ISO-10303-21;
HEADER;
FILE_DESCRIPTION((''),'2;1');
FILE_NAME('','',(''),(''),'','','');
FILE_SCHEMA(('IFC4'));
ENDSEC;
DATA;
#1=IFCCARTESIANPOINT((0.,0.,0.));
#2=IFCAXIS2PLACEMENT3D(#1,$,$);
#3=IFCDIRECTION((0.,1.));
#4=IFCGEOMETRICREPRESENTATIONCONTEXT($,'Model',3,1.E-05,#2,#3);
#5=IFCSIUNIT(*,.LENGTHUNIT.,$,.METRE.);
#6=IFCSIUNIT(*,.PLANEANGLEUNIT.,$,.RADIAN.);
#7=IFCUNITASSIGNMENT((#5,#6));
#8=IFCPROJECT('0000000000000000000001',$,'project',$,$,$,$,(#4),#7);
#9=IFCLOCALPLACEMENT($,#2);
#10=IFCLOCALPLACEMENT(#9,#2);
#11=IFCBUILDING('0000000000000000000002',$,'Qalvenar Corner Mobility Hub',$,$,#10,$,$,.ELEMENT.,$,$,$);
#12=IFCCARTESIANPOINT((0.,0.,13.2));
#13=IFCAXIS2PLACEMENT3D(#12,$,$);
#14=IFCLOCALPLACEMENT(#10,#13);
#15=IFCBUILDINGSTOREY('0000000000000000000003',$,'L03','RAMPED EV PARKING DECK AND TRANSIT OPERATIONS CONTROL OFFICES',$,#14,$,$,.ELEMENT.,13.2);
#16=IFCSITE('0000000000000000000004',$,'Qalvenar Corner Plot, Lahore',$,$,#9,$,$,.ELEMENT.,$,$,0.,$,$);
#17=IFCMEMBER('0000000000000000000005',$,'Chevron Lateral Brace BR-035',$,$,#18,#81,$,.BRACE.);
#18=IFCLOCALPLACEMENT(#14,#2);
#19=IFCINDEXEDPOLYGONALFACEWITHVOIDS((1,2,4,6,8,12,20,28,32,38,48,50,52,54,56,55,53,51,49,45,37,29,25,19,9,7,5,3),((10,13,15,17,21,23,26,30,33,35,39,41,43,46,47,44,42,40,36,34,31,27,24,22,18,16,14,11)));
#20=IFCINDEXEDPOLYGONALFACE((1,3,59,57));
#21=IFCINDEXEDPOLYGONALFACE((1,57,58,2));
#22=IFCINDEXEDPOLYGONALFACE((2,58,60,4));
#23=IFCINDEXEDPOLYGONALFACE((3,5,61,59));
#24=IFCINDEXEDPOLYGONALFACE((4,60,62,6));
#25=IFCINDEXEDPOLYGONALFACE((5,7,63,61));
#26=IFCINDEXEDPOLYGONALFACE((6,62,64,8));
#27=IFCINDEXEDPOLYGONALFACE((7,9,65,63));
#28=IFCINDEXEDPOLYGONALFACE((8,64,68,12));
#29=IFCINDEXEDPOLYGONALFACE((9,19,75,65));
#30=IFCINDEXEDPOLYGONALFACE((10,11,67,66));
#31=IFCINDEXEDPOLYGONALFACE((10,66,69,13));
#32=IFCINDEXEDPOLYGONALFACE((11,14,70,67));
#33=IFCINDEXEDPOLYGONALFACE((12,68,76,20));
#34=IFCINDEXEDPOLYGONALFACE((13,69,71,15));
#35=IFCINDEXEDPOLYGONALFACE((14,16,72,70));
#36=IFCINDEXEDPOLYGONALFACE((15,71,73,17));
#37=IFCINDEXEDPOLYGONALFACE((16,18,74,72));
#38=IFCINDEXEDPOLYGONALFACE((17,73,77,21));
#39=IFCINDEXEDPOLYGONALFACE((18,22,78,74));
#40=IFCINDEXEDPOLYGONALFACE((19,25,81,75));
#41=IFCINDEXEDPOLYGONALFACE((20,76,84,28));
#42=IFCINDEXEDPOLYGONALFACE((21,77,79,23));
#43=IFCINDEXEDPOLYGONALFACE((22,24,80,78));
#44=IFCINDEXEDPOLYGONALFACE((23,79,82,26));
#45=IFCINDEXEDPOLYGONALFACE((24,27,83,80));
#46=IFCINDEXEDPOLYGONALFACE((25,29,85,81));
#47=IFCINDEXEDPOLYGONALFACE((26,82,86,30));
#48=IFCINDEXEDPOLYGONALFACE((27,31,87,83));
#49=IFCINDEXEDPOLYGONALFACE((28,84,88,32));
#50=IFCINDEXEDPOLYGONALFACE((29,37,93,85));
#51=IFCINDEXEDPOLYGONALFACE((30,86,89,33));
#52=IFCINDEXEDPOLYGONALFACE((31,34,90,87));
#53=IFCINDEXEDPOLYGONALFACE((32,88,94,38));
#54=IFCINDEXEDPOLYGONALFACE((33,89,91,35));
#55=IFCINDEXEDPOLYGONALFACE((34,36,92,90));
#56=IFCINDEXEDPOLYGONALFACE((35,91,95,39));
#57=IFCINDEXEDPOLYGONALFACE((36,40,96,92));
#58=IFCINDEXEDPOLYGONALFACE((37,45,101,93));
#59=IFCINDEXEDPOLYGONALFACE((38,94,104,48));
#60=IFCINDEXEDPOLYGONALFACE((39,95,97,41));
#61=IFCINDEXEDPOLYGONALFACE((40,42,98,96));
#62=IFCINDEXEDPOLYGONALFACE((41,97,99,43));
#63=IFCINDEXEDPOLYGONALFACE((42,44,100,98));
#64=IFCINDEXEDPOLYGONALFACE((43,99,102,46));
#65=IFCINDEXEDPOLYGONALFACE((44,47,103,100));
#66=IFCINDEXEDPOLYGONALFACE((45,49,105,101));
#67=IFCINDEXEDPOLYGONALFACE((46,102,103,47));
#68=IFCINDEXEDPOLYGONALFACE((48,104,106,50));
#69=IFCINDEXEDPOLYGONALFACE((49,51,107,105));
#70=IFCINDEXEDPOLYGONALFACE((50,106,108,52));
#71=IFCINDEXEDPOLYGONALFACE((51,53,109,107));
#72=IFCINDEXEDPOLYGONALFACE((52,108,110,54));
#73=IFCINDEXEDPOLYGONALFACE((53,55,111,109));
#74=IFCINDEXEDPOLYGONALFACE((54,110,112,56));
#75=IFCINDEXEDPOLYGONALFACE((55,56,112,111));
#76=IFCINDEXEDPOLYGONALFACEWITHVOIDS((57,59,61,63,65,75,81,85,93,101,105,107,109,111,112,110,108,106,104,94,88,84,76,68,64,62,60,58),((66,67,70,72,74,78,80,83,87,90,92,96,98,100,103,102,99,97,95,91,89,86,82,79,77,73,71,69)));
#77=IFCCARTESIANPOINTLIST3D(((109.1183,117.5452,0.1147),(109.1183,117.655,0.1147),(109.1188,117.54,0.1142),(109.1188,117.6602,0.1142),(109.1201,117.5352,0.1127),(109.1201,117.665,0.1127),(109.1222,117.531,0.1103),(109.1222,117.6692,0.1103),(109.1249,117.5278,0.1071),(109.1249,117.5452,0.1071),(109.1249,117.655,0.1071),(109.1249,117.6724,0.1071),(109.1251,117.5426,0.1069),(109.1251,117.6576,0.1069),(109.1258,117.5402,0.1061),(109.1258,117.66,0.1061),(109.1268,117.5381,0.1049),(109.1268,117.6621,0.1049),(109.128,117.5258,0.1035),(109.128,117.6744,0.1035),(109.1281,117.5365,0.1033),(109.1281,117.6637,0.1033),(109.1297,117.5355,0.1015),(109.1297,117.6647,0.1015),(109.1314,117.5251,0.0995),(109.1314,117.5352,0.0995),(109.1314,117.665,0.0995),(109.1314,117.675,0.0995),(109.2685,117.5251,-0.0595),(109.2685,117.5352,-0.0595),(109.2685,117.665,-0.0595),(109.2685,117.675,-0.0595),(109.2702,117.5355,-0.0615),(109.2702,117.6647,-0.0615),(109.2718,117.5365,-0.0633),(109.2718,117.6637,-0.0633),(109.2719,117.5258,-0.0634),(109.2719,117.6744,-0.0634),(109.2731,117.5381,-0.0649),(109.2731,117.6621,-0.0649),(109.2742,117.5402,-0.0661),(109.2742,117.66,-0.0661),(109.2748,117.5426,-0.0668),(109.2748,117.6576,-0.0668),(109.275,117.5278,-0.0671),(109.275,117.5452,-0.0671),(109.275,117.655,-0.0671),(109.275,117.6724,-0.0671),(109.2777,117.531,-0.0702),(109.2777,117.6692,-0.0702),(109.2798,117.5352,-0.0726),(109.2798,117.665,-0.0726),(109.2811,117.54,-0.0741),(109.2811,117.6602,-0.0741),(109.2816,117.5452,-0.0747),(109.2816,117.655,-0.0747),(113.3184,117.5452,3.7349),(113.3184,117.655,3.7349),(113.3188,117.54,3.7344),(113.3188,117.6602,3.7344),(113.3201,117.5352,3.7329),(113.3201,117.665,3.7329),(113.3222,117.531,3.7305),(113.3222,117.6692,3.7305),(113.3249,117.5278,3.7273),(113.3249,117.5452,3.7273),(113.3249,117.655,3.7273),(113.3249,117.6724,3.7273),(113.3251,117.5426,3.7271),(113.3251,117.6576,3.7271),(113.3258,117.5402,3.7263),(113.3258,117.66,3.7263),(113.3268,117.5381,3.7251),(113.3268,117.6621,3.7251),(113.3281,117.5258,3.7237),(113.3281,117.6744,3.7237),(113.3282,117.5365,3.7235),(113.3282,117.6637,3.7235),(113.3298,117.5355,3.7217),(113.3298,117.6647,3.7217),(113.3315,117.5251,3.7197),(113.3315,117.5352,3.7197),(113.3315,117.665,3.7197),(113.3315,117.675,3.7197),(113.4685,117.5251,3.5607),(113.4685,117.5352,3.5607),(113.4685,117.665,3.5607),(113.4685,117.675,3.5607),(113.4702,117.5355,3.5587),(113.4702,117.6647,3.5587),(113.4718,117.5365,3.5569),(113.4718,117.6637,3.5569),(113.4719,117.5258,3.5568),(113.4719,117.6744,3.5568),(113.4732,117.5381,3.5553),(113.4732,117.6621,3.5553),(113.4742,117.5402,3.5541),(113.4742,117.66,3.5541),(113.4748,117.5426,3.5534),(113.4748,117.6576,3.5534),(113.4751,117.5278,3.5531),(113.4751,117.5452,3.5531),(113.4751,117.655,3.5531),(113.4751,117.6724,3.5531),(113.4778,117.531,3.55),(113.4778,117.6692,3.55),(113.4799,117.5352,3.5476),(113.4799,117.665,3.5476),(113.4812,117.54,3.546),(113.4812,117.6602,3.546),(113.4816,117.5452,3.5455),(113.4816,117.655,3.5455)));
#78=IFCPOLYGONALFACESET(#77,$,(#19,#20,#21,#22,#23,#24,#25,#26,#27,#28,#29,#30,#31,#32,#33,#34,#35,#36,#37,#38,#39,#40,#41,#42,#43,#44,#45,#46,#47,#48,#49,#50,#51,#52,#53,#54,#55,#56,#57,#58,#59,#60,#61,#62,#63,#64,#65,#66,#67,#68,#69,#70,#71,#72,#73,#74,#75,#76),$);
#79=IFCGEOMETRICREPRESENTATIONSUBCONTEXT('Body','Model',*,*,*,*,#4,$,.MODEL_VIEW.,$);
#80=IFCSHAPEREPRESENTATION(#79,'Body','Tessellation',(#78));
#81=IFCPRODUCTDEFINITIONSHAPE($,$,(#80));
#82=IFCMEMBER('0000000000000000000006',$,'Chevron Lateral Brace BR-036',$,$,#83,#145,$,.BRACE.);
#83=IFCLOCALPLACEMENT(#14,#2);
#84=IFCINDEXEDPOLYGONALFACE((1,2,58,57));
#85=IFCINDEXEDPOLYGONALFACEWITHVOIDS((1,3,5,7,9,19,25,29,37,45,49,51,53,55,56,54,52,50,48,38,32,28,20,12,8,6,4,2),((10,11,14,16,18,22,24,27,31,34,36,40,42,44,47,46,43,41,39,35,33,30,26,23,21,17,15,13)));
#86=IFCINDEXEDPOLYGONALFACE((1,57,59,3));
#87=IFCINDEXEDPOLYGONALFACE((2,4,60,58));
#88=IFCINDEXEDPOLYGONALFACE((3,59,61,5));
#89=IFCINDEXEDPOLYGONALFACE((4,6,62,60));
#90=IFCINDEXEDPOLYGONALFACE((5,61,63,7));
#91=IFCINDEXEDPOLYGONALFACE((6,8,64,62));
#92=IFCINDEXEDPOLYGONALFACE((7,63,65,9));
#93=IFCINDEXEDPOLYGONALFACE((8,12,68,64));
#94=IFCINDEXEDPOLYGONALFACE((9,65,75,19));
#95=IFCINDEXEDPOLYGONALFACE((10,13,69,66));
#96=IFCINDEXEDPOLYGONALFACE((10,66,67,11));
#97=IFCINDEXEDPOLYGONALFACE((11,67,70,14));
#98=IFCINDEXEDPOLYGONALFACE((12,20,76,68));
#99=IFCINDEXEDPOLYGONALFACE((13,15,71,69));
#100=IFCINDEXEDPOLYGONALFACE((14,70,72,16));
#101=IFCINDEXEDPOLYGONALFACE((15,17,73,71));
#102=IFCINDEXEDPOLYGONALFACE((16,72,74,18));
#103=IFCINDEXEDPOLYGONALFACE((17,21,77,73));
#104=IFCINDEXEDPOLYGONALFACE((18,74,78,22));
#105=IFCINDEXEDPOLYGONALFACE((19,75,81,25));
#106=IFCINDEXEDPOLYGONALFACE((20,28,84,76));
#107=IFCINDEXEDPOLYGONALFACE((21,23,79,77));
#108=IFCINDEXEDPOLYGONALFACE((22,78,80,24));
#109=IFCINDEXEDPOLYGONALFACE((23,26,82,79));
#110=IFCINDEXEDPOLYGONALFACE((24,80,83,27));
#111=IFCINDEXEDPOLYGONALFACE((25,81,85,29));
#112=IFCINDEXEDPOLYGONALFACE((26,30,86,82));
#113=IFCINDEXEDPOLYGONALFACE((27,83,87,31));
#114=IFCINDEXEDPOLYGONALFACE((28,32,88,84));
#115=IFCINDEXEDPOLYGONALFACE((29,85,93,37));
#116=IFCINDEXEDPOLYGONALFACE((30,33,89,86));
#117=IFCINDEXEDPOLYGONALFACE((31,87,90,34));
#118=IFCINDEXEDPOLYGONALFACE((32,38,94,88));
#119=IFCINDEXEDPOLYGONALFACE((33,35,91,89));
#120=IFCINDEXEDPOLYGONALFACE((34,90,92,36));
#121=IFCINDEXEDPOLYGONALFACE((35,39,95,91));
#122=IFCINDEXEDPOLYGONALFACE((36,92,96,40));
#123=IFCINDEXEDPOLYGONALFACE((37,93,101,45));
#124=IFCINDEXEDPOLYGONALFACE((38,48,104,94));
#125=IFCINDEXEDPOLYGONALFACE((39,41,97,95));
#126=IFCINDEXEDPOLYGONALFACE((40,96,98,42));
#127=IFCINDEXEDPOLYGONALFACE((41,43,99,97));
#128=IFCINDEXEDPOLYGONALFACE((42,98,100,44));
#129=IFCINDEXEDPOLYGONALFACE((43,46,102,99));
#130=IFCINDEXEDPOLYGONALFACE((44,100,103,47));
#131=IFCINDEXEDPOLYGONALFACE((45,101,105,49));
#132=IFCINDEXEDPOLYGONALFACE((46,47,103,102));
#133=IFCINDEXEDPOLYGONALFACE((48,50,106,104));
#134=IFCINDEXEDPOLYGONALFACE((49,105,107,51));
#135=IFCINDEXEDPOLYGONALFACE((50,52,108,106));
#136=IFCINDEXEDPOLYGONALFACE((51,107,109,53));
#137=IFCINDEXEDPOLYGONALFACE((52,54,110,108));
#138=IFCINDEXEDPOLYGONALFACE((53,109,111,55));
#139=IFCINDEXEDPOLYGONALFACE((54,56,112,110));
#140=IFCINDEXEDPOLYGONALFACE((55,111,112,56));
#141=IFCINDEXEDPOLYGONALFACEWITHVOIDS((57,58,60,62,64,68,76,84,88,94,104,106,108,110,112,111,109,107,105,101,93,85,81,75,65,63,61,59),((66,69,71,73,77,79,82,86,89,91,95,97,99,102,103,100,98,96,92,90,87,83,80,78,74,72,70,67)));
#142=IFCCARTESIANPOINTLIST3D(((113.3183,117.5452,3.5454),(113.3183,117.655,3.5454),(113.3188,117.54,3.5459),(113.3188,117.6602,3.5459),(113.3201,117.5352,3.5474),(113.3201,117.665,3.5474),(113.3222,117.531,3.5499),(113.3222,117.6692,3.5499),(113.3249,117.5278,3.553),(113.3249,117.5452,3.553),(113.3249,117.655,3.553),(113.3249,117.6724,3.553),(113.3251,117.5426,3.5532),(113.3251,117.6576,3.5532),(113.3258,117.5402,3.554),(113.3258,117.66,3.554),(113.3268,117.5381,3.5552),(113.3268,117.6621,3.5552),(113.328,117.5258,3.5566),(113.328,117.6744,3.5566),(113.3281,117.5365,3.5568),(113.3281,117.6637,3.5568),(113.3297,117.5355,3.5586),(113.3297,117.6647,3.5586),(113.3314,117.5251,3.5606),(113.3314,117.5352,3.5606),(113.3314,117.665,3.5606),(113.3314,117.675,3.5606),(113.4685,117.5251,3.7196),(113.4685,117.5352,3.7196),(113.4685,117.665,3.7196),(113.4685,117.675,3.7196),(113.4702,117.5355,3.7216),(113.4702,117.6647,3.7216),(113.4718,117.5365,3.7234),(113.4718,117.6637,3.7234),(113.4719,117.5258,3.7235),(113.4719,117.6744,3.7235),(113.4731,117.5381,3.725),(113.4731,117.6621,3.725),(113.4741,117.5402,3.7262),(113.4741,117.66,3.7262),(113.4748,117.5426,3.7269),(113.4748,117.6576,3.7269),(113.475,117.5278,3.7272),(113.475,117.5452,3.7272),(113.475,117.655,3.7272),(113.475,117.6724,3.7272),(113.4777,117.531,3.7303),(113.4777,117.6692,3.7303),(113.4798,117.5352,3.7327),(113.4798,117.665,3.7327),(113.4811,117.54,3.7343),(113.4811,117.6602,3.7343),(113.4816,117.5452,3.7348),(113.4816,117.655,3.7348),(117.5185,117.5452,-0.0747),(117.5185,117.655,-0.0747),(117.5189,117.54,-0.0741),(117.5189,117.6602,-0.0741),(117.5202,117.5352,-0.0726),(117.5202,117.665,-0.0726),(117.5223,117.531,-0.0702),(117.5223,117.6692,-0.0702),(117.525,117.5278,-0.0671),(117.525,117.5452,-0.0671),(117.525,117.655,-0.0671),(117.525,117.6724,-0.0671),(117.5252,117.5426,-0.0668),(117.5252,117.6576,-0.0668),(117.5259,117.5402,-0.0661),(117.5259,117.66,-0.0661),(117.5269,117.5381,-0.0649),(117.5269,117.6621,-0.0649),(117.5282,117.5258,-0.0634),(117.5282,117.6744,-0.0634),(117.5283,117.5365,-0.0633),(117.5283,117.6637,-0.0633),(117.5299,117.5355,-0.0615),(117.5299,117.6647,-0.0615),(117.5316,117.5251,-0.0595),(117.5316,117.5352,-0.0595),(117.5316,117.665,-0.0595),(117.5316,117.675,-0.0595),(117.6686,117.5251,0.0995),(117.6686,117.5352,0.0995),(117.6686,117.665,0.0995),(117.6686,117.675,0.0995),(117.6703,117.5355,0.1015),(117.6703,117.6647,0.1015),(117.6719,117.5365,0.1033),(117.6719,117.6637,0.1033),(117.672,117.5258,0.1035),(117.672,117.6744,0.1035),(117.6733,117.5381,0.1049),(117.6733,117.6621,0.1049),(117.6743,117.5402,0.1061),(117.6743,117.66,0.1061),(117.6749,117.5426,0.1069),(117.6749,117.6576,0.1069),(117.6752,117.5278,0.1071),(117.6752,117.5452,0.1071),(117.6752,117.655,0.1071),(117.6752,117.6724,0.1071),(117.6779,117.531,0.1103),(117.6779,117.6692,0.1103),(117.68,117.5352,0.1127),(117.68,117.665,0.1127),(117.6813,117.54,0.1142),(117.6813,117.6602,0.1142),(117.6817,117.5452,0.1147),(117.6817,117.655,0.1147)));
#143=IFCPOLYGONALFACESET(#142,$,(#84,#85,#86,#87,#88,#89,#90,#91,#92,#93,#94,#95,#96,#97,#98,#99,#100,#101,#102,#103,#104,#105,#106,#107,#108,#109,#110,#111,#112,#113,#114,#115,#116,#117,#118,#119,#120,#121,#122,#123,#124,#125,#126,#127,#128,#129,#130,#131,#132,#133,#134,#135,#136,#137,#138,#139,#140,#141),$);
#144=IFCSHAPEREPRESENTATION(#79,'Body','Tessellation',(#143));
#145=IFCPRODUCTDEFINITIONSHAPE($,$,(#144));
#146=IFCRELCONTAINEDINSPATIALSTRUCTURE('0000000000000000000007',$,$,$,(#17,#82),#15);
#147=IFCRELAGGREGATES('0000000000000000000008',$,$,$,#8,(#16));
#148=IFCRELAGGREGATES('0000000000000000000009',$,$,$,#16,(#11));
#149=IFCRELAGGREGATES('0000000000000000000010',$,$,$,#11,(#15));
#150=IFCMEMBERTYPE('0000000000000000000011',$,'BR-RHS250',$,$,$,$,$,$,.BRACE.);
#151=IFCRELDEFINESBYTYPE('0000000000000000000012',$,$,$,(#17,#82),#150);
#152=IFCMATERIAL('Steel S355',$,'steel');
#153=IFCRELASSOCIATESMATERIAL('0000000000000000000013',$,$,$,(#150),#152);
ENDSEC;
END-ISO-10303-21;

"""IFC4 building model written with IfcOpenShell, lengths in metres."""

from ifc_helpers import new_model, si_unit, direction, frame, origin, origin_2d, place, context, subcontext, project, spatial, hollow_rectangle, extrude, material, material_profile, profile_set, type_object, element, save


model = new_model("IFC4")

# Units and contexts
model_context = context("Model", 3, precision=1e-05, world=origin(), true_north=direction((0.0, 1.0)))
body_context = subcontext(model_context, "Body", "Model", "MODEL_VIEW")
ifc_project = project(units=[si_unit("LENGTHUNIT", "METRE"), si_unit("PLANEANGLEUNIT", "RADIAN")], contexts=[model_context])

# Site, building, storey
site_placement = place(None, origin())
site = spatial("IfcSite", under=ifc_project, at=site_placement, Name="Qalvenar Corner Plot, Lahore", CompositionType="ELEMENT", RefElevation=0.0)
building_placement = place(site_placement, origin())
building = spatial("IfcBuilding", under=site, at=building_placement, Name="Qalvenar Corner Mobility Hub", CompositionType="ELEMENT")
storey_placement = place(building_placement, frame((0.0, 0.0, 13.2)))
storey = spatial("IfcBuildingStorey", under=building, at=storey_placement, Name="L03", Description="RAMPED EV PARKING DECK AND TRANSIT OPERATIONS CONTROL OFFICES", CompositionType="ELEMENT", Elevation=13.2)

# Shared definitions
ifc_material = material(Name="Steel S355", Category="steel")

# Members
ifc_material_profile_1 = material_profile(ifc_material, hollow_rectangle(XDim=0.1499, YDim=0.25, WallThickness=0.01, InnerFilletRadius=0.01, OuterFilletRadius=0.02, at=origin_2d()), Name="RHS250x150x10")
ifc_profile_set_1 = profile_set([ifc_material_profile_1], Name="Steel S355")
member_type = type_object("IfcMemberType", Name="BR-RHS250", PredefinedType="BRACE", material=ifc_profile_set_1)
for number, where, z_axis, x_axis, name in (
    (1, (109.2, 117.6001, 0.02), (0.757457, 0.0, 0.652885), (0.0, 1.0, 0.0), "Chevron Lateral Brace BR-035"),
    (2, (117.6001, 117.6001, 0.02), (-0.757476, 0.0, 0.652863), (0.0, -1.0, 0.0), "Chevron Lateral Brace BR-036"),
):
    element("IfcMember", number, at=place(storey_placement, frame(where, z_axis=z_axis, x_axis=x_axis)), inside=storey, type_object=member_type, Name=name, PredefinedType="BRACE", context=body_context, shape_type="SweptSolid", body=[
        extrude(hollow_rectangle(XDim=0.1499, YDim=0.25, WallThickness=0.01, InnerFilletRadius=0.01, OuterFilletRadius=0.02, at=origin_2d()), origin(), (0.0, 0.0, 1.0), 5.5449),
    ])

save(model, "model.ifc")
